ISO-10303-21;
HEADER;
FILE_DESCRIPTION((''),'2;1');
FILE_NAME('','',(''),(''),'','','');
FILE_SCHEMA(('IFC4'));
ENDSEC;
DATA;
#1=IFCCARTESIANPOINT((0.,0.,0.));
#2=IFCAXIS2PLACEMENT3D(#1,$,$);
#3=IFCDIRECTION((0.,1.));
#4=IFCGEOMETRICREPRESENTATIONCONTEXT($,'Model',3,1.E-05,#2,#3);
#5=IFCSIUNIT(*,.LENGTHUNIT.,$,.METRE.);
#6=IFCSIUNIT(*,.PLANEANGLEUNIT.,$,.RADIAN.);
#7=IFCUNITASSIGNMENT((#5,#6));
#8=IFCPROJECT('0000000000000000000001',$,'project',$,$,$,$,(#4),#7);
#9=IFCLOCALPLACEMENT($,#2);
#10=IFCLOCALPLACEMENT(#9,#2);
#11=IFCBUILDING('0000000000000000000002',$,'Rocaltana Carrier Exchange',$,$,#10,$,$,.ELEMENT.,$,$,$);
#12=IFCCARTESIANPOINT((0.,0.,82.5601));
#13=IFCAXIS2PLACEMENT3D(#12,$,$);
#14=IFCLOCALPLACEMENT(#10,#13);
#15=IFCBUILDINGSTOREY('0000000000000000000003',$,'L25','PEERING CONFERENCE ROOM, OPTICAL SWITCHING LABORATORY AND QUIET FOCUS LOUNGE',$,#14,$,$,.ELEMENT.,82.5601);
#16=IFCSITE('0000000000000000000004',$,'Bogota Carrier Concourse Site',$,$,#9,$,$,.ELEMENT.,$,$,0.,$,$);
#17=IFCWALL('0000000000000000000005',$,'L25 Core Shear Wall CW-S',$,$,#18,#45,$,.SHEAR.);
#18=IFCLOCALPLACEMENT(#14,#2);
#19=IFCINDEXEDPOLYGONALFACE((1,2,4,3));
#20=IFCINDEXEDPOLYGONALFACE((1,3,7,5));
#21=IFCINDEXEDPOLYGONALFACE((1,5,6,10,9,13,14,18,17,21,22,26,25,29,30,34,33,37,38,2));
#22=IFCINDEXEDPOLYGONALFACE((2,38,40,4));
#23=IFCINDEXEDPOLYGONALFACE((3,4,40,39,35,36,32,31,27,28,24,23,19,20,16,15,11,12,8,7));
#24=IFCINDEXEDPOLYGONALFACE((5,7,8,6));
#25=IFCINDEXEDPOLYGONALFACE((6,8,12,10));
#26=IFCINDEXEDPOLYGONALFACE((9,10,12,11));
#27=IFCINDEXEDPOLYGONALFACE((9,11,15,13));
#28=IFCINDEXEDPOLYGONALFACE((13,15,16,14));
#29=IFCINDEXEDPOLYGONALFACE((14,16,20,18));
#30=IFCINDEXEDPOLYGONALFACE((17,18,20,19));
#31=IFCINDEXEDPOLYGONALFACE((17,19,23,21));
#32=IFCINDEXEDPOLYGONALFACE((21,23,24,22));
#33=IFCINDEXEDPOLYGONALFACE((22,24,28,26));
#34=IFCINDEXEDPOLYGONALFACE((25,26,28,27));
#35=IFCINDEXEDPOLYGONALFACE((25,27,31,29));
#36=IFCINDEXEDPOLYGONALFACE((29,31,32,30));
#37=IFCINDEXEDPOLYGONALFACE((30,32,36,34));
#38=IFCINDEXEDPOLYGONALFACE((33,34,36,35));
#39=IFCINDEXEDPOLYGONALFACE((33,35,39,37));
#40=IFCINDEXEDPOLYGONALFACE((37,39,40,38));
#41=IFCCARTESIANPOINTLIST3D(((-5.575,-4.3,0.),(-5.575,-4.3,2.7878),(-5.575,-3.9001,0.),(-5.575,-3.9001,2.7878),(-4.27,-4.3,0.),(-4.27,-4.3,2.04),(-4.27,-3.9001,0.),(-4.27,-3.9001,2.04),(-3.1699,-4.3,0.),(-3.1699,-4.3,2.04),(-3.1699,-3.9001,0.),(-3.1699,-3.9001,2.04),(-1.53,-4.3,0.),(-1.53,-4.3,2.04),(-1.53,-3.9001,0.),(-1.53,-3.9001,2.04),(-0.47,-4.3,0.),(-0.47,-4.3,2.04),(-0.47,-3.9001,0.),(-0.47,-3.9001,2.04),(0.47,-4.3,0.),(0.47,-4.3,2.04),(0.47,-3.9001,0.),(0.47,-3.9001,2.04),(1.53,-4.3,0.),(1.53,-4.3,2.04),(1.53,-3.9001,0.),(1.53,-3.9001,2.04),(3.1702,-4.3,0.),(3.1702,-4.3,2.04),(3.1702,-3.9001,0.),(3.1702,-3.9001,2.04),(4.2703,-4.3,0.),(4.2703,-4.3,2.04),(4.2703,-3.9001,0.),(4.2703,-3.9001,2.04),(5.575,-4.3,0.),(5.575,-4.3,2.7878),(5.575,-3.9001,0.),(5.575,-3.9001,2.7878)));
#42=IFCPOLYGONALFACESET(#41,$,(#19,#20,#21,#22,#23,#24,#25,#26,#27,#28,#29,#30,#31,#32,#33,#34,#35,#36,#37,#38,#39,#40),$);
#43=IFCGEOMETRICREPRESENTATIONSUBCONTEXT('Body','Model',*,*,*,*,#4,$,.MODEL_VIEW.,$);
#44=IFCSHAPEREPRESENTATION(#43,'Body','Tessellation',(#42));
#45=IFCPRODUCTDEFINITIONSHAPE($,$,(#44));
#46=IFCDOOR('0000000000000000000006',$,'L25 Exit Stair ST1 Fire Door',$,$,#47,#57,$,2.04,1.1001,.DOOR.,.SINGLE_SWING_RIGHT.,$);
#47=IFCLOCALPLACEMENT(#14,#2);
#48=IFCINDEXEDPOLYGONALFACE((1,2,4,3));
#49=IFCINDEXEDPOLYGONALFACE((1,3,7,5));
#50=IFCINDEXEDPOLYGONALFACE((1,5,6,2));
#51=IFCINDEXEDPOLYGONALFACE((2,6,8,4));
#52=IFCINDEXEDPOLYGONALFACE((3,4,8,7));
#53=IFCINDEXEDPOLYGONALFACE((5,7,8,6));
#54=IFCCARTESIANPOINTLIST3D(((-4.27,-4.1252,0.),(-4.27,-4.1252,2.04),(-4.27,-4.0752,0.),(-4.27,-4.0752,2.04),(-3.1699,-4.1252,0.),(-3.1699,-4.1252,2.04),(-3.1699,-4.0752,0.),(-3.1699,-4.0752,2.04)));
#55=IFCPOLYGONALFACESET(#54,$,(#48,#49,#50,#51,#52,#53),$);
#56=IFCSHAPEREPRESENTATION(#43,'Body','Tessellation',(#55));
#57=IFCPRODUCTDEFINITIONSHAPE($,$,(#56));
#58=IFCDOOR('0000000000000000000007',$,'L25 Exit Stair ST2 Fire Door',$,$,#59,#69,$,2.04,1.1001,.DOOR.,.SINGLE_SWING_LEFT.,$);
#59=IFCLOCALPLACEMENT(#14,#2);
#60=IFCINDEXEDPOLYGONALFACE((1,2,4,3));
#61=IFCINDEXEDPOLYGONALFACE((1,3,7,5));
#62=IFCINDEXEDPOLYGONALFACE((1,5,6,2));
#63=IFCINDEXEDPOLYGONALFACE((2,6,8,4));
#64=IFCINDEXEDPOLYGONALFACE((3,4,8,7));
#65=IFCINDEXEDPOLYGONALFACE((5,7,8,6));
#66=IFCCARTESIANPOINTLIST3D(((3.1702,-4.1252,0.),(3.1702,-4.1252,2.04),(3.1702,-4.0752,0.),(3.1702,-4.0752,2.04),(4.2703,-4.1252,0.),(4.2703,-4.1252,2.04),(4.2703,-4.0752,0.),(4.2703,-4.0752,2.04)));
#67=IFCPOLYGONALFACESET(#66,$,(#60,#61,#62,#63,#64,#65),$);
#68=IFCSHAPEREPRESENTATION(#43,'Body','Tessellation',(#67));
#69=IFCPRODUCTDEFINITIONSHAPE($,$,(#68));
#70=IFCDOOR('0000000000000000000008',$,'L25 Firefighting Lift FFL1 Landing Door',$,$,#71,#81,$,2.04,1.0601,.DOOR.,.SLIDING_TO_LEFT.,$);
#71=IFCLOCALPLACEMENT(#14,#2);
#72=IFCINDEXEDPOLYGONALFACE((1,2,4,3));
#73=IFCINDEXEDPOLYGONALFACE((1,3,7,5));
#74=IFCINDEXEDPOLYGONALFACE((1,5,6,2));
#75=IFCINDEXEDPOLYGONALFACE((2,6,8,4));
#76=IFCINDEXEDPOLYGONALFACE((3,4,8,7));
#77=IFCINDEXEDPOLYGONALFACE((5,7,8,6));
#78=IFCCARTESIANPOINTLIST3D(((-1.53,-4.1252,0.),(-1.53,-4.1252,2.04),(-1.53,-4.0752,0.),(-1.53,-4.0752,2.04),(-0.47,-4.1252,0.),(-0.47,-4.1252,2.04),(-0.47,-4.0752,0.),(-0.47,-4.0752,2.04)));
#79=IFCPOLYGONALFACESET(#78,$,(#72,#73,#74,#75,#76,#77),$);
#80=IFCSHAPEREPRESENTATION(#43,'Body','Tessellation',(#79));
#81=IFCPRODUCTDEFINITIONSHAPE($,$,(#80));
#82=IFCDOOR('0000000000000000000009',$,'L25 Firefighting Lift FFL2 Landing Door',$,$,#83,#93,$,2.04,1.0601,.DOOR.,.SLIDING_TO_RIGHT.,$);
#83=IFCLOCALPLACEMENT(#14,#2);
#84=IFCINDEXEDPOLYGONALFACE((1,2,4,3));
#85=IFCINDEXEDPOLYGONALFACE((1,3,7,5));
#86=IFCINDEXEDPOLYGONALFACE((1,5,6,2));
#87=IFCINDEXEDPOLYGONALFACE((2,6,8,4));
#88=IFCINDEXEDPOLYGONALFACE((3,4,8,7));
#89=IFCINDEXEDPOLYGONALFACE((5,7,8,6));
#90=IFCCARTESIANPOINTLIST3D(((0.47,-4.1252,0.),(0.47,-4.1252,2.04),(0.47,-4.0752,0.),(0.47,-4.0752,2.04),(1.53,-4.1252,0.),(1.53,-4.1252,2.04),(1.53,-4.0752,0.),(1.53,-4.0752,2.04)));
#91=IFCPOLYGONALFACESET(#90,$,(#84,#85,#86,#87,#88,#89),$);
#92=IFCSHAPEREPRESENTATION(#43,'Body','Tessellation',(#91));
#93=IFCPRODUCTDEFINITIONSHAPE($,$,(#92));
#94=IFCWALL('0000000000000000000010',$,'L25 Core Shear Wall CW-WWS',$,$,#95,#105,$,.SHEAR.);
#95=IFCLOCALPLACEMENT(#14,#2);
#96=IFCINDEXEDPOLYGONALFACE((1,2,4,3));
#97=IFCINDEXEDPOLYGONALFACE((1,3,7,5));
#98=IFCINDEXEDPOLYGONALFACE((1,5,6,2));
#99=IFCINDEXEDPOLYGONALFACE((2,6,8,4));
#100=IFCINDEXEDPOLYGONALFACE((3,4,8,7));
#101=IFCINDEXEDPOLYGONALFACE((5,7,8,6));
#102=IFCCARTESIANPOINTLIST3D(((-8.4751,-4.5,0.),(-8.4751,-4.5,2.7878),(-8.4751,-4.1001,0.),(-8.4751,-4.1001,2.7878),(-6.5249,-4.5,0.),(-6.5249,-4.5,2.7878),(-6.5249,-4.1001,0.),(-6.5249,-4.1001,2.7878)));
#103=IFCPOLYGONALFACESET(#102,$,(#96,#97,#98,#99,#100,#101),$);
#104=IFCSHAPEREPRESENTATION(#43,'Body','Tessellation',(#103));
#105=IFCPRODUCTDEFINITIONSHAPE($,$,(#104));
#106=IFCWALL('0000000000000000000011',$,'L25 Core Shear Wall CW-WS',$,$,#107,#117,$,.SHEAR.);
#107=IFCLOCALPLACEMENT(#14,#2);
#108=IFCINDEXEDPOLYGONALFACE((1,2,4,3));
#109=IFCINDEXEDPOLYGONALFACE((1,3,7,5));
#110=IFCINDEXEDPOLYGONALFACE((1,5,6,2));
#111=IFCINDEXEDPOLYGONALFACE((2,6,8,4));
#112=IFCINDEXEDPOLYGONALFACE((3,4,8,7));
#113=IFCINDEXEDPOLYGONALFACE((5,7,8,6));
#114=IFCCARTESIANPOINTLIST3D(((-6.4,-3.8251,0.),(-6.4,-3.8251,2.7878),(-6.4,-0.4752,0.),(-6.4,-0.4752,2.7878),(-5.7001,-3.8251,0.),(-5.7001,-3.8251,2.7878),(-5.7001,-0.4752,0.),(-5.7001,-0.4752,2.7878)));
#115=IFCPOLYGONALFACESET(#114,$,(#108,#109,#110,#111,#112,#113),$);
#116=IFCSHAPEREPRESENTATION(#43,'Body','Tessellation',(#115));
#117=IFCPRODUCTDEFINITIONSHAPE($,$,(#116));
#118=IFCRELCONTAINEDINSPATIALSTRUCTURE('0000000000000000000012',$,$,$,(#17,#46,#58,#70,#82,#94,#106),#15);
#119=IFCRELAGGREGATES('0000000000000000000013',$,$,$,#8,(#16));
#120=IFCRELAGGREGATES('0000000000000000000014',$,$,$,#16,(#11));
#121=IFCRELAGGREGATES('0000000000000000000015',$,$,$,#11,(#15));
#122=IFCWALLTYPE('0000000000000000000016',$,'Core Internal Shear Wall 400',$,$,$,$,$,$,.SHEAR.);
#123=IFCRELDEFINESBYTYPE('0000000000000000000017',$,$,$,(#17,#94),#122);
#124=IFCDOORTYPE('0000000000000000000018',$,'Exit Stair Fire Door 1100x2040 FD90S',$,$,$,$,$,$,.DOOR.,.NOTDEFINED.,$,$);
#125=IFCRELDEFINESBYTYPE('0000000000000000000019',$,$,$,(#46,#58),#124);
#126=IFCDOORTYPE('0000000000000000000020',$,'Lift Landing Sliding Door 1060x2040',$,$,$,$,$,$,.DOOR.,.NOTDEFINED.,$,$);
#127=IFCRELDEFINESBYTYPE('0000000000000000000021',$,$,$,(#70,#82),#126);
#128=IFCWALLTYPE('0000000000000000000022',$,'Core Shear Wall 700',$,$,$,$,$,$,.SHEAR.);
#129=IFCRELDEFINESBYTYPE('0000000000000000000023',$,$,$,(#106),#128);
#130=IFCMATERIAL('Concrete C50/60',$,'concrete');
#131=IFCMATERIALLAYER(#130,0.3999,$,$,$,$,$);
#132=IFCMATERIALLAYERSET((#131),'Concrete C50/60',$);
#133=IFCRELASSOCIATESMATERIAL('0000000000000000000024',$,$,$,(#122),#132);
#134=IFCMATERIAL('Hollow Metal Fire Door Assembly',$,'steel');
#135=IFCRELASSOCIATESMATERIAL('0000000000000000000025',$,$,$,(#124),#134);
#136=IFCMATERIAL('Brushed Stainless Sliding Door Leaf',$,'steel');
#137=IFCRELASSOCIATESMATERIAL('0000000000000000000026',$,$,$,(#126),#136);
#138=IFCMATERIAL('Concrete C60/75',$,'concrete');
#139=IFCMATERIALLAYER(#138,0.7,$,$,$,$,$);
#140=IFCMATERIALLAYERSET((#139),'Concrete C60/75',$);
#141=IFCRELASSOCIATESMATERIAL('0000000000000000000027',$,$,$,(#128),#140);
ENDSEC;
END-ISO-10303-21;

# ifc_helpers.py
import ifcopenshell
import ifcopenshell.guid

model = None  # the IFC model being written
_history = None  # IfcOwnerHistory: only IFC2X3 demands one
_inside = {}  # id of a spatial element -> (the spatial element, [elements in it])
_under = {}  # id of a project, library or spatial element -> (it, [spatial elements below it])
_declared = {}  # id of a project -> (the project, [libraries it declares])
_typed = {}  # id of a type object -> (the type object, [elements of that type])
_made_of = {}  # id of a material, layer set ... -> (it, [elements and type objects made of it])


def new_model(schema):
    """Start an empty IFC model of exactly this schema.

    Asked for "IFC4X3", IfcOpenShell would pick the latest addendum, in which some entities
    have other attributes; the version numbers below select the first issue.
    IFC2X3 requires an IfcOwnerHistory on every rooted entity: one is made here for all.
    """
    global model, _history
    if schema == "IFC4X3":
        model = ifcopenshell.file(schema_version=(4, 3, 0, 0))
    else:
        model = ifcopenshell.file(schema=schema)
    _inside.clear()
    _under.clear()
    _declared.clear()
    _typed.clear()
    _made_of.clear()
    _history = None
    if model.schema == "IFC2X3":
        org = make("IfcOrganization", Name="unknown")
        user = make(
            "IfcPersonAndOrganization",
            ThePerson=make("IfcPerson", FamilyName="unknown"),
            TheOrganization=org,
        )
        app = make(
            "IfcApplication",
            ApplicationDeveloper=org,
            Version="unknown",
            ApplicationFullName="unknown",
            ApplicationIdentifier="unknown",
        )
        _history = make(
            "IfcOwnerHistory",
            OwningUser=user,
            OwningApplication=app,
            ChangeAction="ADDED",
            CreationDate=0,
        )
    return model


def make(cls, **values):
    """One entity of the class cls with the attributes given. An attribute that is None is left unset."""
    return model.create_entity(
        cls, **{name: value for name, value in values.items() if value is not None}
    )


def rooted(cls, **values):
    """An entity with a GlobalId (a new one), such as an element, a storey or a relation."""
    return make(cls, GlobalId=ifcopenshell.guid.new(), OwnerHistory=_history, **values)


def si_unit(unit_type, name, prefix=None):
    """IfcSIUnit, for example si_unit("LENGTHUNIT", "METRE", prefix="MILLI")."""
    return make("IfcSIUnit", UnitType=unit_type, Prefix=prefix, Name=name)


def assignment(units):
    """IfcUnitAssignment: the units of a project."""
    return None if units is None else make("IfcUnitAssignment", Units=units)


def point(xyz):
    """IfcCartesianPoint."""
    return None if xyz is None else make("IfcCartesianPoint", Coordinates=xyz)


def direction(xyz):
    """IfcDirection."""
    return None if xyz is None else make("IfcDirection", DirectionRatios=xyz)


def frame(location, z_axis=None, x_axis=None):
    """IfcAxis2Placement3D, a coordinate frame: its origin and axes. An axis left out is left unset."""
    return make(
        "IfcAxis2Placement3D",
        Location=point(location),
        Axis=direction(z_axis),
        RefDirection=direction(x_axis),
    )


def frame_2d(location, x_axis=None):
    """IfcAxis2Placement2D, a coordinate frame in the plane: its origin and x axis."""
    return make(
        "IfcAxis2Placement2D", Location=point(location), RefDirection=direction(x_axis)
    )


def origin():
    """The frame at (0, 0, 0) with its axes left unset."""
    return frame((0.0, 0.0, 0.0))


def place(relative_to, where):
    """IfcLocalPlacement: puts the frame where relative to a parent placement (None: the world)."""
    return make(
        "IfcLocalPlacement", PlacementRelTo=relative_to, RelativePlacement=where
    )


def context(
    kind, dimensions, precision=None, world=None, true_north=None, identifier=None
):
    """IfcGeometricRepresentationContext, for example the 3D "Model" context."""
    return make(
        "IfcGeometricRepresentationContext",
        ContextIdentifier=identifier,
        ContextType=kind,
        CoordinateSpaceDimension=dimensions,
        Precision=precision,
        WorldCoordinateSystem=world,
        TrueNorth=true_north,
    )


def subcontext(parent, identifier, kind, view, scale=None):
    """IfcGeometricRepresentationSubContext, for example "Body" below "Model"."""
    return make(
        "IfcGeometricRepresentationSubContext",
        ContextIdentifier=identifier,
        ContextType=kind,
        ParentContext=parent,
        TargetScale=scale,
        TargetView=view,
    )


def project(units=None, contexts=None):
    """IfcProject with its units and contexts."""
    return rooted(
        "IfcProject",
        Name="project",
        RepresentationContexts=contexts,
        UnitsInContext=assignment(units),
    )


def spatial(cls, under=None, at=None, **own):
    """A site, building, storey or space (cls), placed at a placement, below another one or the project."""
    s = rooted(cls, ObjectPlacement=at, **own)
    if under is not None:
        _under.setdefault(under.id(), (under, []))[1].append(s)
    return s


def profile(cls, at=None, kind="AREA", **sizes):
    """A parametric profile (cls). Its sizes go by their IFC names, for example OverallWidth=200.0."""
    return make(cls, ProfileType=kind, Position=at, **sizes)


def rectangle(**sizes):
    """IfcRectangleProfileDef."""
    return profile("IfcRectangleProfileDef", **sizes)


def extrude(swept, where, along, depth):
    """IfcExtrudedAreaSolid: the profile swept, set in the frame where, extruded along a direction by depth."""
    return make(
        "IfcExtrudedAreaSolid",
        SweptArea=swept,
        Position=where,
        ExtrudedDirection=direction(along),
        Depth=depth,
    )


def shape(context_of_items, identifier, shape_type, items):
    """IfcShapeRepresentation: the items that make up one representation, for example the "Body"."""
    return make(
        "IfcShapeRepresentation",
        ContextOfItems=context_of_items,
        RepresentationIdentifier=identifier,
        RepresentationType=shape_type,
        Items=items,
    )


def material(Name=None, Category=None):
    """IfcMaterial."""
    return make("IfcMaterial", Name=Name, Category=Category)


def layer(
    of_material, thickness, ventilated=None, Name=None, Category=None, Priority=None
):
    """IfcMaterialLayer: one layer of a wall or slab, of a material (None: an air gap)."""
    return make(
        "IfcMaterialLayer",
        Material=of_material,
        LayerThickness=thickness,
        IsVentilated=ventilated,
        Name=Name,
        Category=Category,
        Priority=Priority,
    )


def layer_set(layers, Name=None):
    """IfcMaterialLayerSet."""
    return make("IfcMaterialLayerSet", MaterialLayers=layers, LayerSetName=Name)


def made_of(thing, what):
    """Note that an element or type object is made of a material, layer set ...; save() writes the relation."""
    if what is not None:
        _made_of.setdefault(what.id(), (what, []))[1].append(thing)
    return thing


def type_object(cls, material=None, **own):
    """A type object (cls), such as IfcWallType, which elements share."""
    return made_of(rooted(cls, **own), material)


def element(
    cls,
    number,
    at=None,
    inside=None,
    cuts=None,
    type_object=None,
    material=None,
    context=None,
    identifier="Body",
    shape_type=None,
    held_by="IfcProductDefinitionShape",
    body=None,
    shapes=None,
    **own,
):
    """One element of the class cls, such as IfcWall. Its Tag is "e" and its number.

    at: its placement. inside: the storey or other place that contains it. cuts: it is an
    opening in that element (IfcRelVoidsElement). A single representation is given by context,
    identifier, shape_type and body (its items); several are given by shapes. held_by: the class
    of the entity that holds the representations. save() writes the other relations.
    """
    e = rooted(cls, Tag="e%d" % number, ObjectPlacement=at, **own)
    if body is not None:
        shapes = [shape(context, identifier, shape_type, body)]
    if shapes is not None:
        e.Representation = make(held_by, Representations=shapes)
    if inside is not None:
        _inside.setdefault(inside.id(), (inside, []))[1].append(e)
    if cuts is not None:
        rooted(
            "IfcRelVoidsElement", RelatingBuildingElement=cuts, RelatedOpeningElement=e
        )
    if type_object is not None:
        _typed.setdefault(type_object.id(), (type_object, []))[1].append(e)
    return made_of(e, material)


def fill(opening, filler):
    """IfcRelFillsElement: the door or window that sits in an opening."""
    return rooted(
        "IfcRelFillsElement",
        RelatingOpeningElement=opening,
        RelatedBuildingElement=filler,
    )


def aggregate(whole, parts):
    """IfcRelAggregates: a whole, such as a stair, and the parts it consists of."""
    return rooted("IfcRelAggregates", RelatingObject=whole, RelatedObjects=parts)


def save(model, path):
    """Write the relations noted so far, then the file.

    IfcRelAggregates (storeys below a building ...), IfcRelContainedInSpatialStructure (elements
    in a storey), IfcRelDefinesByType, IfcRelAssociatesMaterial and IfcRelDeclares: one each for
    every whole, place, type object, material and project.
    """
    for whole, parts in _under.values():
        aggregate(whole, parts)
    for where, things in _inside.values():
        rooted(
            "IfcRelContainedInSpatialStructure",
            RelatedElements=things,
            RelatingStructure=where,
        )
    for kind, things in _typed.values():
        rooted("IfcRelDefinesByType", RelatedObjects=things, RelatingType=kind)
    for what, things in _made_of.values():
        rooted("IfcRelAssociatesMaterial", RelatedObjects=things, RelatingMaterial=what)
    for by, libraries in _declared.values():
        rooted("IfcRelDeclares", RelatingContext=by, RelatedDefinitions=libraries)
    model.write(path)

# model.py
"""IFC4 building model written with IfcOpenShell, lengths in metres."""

from ifc_helpers import new_model, si_unit, direction, frame, frame_2d, origin, place, context, subcontext, project, spatial, rectangle, extrude, material, layer, layer_set, type_object, element, fill, save


model = new_model("IFC4")

# Units and contexts
model_context = context("Model", 3, precision=1e-05, world=origin(), true_north=direction((0.0, 1.0)))
body_context = subcontext(model_context, "Body", "Model", "MODEL_VIEW")
ifc_project = project(units=[si_unit("LENGTHUNIT", "METRE"), si_unit("PLANEANGLEUNIT", "RADIAN")], contexts=[model_context])

# Site, building, storey
site_placement = place(None, origin())
site = spatial("IfcSite", under=ifc_project, at=site_placement, Name="Bogota Carrier Concourse Site", CompositionType="ELEMENT", RefElevation=0.0)
building_placement = place(site_placement, origin())
building = spatial("IfcBuilding", under=site, at=building_placement, Name="Rocaltana Carrier Exchange", CompositionType="ELEMENT")
storey_placement = place(building_placement, frame((0.0, 0.0, 82.5601)))
storey = spatial("IfcBuildingStorey", under=building, at=storey_placement, Name="L25", Description="PEERING CONFERENCE ROOM, OPTICAL SWITCHING LABORATORY AND QUIET FOCUS LOUNGE", CompositionType="ELEMENT", Elevation=82.5601)

# Wall, openings, doors
ifc_material_1 = material(Name="Concrete C50/60", Category="concrete")
ifc_layer_1 = layer(ifc_material_1, 0.3999)
ifc_layer_set_1 = layer_set([ifc_layer_1], Name="Concrete C50/60")
wall_type_1 = type_object("IfcWallType", Name="Core Internal Shear Wall 400", PredefinedType="SHEAR", material=ifc_layer_set_1)
wall_1_placement = place(storey_placement, frame((-5.575, -4.1001, 0.0), z_axis=(0.0, 0.0, 1.0), x_axis=(1.0, 0.0, 0.0)))
wall_1 = element("IfcWall", 1, at=wall_1_placement, inside=storey, type_object=wall_type_1, Name="L25 Core Shear Wall CW-S", PredefinedType="SHEAR", context=body_context, shape_type="SweptSolid", body=[
    extrude(rectangle(XDim=11.1499, YDim=0.3999, at=frame_2d((5.575, 0.0))), origin(), (0.0, 0.0, 1.0), 2.7878),
])
opening_1_placement = place(wall_1_placement, frame((1.3049, 0.0, 0.0)))
opening_1 = element("IfcOpeningElement", 2, at=opening_1_placement, cuts=wall_1, PredefinedType="OPENING", context=body_context, shape_type="SweptSolid", body=[
    extrude(rectangle(XDim=1.1001, YDim=2.04, at=frame_2d((0.55, 1.02))), frame((0.0, 0.21, 0.0), z_axis=(0.0, -1.0, 0.0), x_axis=(1.0, 0.0, 0.0)), (0.0, 0.0, 1.0), 0.4199),
])
opening_2_placement = place(wall_1_placement, frame((8.7451, 0.0, 0.0)))
opening_2 = element("IfcOpeningElement", 3, at=opening_2_placement, cuts=wall_1, PredefinedType="OPENING", context=body_context, shape_type="SweptSolid", body=[
    extrude(rectangle(XDim=1.1001, YDim=2.04, at=frame_2d((0.55, 1.02))), frame((0.0, 0.21, 0.0), z_axis=(0.0, -1.0, 0.0), x_axis=(1.0, 0.0, 0.0)), (0.0, 0.0, 1.0), 0.4199),
])
opening_3_placement = place(wall_1_placement, frame((4.0449, 0.0, 0.0)))
opening_3 = element("IfcOpeningElement", 4, at=opening_3_placement, cuts=wall_1, PredefinedType="OPENING", context=body_context, shape_type="SweptSolid", body=[
    extrude(rectangle(XDim=1.0601, YDim=2.04, at=frame_2d((0.53, 1.02))), frame((0.0, 0.21, 0.0), z_axis=(0.0, -1.0, 0.0), x_axis=(1.0, 0.0, 0.0)), (0.0, 0.0, 1.0), 0.4199),
])
opening_4_placement = place(wall_1_placement, frame((6.0449, 0.0, 0.0)))
opening_4 = element("IfcOpeningElement", 5, at=opening_4_placement, cuts=wall_1, PredefinedType="OPENING", context=body_context, shape_type="SweptSolid", body=[
    extrude(rectangle(XDim=1.0601, YDim=2.04, at=frame_2d((0.53, 1.02))), frame((0.0, 0.21, 0.0), z_axis=(0.0, -1.0, 0.0), x_axis=(1.0, 0.0, 0.0)), (0.0, 0.0, 1.0), 0.4199),
])
ifc_material_2 = material(Name="Hollow Metal Fire Door Assembly", Category="steel")
door_type_1 = type_object("IfcDoorType", Name="Exit Stair Fire Door 1100x2040 FD90S", OperationType="NOTDEFINED", PredefinedType="DOOR", material=ifc_material_2)
door_1_placement = place(opening_1_placement, origin())
door_1 = element("IfcDoor", 6, at=door_1_placement, inside=storey, type_object=door_type_1, Name="L25 Exit Stair ST1 Fire Door", OperationType="SINGLE_SWING_RIGHT", OverallHeight=2.04, OverallWidth=1.1001, PredefinedType="DOOR", context=body_context, shape_type="SweptSolid", body=[
    extrude(rectangle(XDim=1.1001, YDim=2.04, at=frame_2d((0.55, 1.02))), frame((0.0, 0.0249, 0.0), z_axis=(0.0, -1.0, 0.0), x_axis=(1.0, 0.0, 0.0)), (0.0, 0.0, 1.0), 0.05),
])
fill(opening_1, door_1)
door_2_placement = place(opening_2_placement, origin())
door_2 = element("IfcDoor", 7, at=door_2_placement, inside=storey, type_object=door_type_1, Name="L25 Exit Stair ST2 Fire Door", OperationType="SINGLE_SWING_LEFT", OverallHeight=2.04, OverallWidth=1.1001, PredefinedType="DOOR", context=body_context, shape_type="SweptSolid", body=[
    extrude(rectangle(XDim=1.1001, YDim=2.04, at=frame_2d((0.55, 1.02))), frame((0.0, 0.0249, 0.0), z_axis=(0.0, -1.0, 0.0), x_axis=(1.0, 0.0, 0.0)), (0.0, 0.0, 1.0), 0.05),
])
fill(opening_2, door_2)
ifc_material_3 = material(Name="Brushed Stainless Sliding Door Leaf", Category="steel")
door_type_2 = type_object("IfcDoorType", Name="Lift Landing Sliding Door 1060x2040", OperationType="NOTDEFINED", PredefinedType="DOOR", material=ifc_material_3)
door_3_placement = place(opening_3_placement, origin())
door_3 = element("IfcDoor", 8, at=door_3_placement, inside=storey, type_object=door_type_2, Name="L25 Firefighting Lift FFL1 Landing Door", OperationType="SLIDING_TO_LEFT", OverallHeight=2.04, OverallWidth=1.0601, PredefinedType="DOOR", context=body_context, shape_type="SweptSolid", body=[
    extrude(rectangle(XDim=1.0601, YDim=2.04, at=frame_2d((0.53, 1.02))), frame((0.0, 0.0249, 0.0), z_axis=(0.0, -1.0, 0.0), x_axis=(1.0, 0.0, 0.0)), (0.0, 0.0, 1.0), 0.05),
])
fill(opening_3, door_3)
door_4_placement = place(opening_4_placement, origin())
door_4 = element("IfcDoor", 9, at=door_4_placement, inside=storey, type_object=door_type_2, Name="L25 Firefighting Lift FFL2 Landing Door", OperationType="SLIDING_TO_RIGHT", OverallHeight=2.04, OverallWidth=1.0601, PredefinedType="DOOR", context=body_context, shape_type="SweptSolid", body=[
    extrude(rectangle(XDim=1.0601, YDim=2.04, at=frame_2d((0.53, 1.02))), frame((0.0, 0.0249, 0.0), z_axis=(0.0, -1.0, 0.0), x_axis=(1.0, 0.0, 0.0)), (0.0, 0.0, 1.0), 0.05),
])
fill(opening_4, door_4)

# Walls
wall_2_placement = place(storey_placement, frame((-8.4751, -4.3, 0.0), z_axis=(0.0, 0.0, 1.0), x_axis=(1.0, 0.0, 0.0)))
element("IfcWall", 10, at=wall_2_placement, inside=storey, type_object=wall_type_1, Name="L25 Core Shear Wall CW-WWS", PredefinedType="SHEAR", context=body_context, shape_type="SweptSolid", body=[
    extrude(rectangle(XDim=1.9502, YDim=0.3999, at=frame_2d((0.9751, 0.0))), origin(), (0.0, 0.0, 1.0), 2.7878),
])
ifc_material_4 = material(Name="Concrete C60/75", Category="concrete")
ifc_layer_2 = layer(ifc_material_4, 0.7)
ifc_layer_set_2 = layer_set([ifc_layer_2], Name="Concrete C60/75")
wall_type_2 = type_object("IfcWallType", Name="Core Shear Wall 700", PredefinedType="SHEAR", material=ifc_layer_set_2)
wall_3_placement = place(storey_placement, frame((-6.05, -3.825, 0.0), z_axis=(0.0, 0.0, 1.0), x_axis=(0.0, 1.0, 0.0)))
element("IfcWall", 11, at=wall_3_placement, inside=storey, type_object=wall_type_2, Name="L25 Core Shear Wall CW-WS", PredefinedType="SHEAR", context=body_context, shape_type="SweptSolid", body=[
    extrude(rectangle(XDim=3.3499, YDim=0.7, at=frame_2d((1.6748, 0.0))), origin(), (0.0, 0.0, 1.0), 2.7878),
])

save(model, "model.ifc")
